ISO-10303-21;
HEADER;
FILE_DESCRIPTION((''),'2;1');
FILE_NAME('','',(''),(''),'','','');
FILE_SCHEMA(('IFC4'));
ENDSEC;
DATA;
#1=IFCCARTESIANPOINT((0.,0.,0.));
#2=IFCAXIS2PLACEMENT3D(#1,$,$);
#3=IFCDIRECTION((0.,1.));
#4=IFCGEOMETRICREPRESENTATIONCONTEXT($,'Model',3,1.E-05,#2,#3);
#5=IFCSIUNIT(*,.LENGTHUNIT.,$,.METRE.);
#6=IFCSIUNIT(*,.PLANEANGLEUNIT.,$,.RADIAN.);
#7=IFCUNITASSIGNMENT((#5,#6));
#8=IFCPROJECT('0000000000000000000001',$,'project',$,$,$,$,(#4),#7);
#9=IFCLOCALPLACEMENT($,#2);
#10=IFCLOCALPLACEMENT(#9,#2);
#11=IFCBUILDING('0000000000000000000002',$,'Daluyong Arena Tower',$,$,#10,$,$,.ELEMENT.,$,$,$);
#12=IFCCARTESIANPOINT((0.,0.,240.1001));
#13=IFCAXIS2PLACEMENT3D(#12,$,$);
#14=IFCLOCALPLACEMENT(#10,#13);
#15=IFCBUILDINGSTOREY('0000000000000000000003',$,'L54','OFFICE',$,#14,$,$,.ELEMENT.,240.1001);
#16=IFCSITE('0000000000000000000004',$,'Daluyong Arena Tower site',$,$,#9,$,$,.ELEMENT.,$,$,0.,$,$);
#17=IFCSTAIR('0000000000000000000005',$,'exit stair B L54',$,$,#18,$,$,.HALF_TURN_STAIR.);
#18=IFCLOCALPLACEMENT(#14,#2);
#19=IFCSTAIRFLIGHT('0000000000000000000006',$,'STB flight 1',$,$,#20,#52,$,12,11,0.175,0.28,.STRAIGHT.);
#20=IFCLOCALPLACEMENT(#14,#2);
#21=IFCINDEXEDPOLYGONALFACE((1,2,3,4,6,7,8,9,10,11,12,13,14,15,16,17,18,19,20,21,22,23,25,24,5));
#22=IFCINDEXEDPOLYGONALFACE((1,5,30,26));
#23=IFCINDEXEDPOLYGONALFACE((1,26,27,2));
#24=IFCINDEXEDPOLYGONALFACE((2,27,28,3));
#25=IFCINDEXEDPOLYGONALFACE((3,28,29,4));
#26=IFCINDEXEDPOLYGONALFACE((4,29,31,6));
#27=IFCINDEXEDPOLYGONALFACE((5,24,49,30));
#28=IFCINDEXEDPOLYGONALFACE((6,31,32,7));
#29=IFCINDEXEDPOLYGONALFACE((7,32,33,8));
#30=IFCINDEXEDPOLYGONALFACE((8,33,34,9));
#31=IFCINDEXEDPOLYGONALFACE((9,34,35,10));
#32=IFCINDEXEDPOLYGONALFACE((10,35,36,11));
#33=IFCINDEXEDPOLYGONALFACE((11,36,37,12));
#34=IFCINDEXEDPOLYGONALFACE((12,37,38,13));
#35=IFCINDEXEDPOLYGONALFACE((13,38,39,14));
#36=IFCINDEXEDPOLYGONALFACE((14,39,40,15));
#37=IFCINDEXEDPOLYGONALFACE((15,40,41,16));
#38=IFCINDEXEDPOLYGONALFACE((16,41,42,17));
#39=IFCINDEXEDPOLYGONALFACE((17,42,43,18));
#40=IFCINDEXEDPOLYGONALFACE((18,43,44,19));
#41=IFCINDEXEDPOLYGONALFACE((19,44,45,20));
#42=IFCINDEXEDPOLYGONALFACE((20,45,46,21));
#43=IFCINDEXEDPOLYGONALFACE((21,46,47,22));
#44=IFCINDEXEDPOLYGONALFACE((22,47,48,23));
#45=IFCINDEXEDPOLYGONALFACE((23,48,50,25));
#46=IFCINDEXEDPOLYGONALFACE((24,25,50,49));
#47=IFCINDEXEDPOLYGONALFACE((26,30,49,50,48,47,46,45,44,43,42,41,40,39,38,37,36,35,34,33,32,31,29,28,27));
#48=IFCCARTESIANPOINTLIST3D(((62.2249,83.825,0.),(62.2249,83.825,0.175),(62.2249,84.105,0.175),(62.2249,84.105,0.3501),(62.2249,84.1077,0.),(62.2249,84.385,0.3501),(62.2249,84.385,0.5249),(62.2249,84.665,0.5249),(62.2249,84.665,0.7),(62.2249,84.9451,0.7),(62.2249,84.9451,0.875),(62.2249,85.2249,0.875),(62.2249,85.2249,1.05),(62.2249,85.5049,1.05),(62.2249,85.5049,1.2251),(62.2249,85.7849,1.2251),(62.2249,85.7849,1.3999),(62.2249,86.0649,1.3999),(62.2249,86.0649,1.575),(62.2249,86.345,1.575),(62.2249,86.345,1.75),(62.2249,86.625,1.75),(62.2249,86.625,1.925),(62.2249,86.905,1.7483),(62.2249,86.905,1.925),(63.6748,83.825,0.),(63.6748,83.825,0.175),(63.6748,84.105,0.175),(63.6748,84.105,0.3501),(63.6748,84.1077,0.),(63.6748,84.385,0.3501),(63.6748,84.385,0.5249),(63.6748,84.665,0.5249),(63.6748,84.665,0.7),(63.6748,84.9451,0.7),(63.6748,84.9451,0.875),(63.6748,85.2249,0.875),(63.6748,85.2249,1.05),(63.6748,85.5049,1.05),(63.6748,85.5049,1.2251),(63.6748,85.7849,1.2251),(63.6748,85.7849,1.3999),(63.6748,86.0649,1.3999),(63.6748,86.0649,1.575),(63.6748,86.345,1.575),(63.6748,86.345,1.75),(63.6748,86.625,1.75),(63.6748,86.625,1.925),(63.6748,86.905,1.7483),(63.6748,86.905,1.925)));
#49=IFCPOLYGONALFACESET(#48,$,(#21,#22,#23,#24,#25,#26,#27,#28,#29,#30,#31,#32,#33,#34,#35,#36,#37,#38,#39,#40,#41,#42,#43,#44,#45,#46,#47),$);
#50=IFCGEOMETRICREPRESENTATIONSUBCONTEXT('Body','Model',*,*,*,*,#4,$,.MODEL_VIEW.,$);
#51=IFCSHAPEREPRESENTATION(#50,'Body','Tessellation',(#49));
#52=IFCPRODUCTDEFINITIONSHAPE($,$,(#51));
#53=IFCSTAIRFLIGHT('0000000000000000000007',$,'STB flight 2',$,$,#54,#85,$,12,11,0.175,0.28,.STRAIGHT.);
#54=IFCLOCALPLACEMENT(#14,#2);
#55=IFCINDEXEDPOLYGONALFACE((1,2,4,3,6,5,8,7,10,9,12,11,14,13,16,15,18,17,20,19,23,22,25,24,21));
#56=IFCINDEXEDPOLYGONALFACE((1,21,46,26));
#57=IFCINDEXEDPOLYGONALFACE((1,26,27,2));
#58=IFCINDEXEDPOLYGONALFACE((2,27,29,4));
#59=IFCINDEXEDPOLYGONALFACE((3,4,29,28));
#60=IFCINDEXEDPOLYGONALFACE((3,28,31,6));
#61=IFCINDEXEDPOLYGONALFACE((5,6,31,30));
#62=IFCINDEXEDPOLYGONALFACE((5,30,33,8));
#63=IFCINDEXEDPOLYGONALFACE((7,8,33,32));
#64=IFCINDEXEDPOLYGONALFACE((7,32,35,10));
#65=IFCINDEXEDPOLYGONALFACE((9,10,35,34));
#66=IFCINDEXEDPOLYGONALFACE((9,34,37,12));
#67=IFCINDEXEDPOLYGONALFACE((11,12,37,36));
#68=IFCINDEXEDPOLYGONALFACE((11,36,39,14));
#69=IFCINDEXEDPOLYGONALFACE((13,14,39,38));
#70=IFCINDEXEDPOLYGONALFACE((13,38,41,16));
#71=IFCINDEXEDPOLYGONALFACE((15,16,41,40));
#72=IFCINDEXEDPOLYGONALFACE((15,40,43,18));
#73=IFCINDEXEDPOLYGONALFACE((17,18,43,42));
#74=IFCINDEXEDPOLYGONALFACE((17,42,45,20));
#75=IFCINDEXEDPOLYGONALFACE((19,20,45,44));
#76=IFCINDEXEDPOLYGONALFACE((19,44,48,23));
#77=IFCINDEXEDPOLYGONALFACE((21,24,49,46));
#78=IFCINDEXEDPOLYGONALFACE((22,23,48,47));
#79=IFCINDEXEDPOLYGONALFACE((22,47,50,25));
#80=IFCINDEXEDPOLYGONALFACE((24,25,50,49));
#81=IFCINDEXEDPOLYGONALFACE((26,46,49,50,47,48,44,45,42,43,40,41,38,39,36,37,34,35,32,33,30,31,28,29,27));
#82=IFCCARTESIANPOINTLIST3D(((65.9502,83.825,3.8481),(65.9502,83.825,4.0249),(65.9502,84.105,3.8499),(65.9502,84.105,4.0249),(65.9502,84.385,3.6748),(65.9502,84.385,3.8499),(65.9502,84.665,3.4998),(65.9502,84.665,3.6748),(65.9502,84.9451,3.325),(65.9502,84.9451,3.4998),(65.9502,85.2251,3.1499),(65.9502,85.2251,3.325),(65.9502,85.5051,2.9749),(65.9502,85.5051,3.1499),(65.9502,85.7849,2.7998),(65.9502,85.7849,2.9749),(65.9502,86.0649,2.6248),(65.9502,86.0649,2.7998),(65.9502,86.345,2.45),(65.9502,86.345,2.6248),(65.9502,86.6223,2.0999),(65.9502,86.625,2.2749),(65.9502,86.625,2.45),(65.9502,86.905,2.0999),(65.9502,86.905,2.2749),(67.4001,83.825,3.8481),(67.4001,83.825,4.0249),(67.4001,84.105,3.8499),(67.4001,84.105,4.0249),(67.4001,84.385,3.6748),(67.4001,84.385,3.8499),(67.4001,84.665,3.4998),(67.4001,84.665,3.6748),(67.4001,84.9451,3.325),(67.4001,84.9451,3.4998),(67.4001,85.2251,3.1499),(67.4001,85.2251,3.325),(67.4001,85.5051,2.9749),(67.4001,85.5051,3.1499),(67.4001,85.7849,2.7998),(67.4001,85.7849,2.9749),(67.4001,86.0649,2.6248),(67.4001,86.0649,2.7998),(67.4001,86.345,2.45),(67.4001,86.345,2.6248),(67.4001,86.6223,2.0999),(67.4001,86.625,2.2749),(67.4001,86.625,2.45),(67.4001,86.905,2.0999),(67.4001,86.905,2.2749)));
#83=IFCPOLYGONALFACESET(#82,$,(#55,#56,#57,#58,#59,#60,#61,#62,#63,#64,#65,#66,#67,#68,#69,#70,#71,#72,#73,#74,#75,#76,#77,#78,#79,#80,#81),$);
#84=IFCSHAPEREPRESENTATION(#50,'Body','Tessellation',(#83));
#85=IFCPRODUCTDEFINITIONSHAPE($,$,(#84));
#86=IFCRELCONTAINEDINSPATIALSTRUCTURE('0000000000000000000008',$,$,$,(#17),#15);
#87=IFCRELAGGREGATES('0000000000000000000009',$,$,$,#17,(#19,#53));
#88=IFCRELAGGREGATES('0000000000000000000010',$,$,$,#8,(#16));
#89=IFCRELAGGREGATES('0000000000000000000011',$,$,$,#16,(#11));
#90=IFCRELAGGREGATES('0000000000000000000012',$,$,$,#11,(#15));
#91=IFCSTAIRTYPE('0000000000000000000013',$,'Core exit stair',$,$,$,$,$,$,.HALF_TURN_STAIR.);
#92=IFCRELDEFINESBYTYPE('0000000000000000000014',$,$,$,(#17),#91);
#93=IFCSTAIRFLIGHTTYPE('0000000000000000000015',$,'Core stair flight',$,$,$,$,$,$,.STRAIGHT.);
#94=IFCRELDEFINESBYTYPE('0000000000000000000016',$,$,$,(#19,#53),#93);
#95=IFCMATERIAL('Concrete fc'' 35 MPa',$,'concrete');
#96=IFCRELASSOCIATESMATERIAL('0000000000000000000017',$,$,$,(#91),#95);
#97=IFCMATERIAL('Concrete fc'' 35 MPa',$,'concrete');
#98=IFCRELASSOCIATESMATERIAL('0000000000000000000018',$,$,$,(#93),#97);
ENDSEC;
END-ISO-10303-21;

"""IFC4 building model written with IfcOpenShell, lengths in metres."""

from ifc_helpers import new_model, si_unit, direction, frame, origin, place, context, subcontext, project, spatial, polyline, outline, extrude, material, type_object, element, aggregate, save


model = new_model("IFC4")

# Units and contexts
model_context = context("Model", 3, precision=1e-05, world=origin(), true_north=direction((0.0, 1.0)))
body_context = subcontext(model_context, "Body", "Model", "MODEL_VIEW")
ifc_project = project(units=[si_unit("LENGTHUNIT", "METRE"), si_unit("PLANEANGLEUNIT", "RADIAN")], contexts=[model_context])

# Site, building, storey
site_placement = place(None, origin())
site = spatial("IfcSite", under=ifc_project, at=site_placement, Name="Daluyong Arena Tower site", CompositionType="ELEMENT", RefElevation=0.0)
building_placement = place(site_placement, origin())
building = spatial("IfcBuilding", under=site, at=building_placement, Name="Daluyong Arena Tower", CompositionType="ELEMENT")
storey_placement = place(building_placement, frame((0.0, 0.0, 240.1001)))
storey = spatial("IfcBuildingStorey", under=building, at=storey_placement, Name="L54", Description="OFFICE", CompositionType="ELEMENT", Elevation=240.1001)

# Stair, stair flights
ifc_material_1 = material(Name="Concrete fc' 35 MPa", Category="concrete")
stair_type = type_object("IfcStairType", Name="Core exit stair", PredefinedType="HALF_TURN_STAIR", material=ifc_material_1)
stair_placement = place(storey_placement, origin())
stair = element("IfcStair", 1, at=stair_placement, inside=storey, type_object=stair_type, Name="exit stair B L54", PredefinedType="HALF_TURN_STAIR")
ifc_material_2 = material(Name="Concrete fc' 35 MPa", Category="concrete")
stair_flight_type = type_object("IfcStairFlightType", Name="Core stair flight", PredefinedType="STRAIGHT", material=ifc_material_2)
stair_flight_1_placement = place(storey_placement, frame((62.95, 83.825, 0.0), z_axis=(0.0, 0.0, 1.0), x_axis=(0.0, 1.0, 0.0)))
stair_flight_1 = element("IfcStairFlight", 2, at=stair_flight_1_placement, type_object=stair_flight_type, Name="STB flight 1", NumberOfRisers=12, NumberOfTreads=11, PredefinedType="STRAIGHT", RiserHeight=0.175, TreadLength=0.28, context=body_context, shape_type="SweptSolid", body=[
    extrude(outline(polyline([(0.0, 0.0), (0.0, 0.175), (0.28, 0.175), (0.28, 0.3501), (0.5601, 0.3501), (0.5601, 0.5249), (0.8401, 0.5249), (0.8401, 0.7), (1.1201, 0.7), (1.1201, 0.875), (1.3999, 0.875), (1.3999, 1.05), (1.6799, 1.05), (1.6799, 1.2251), (1.96, 1.2251), (1.96, 1.3999), (2.24, 1.3999), (2.24, 1.575), (2.52, 1.575), (2.52, 1.75), (2.8, 1.75), (2.8, 1.925), (3.0801, 1.925), (3.0801, 2.1001), (3.0801, 1.7483), (0.2827, 0.0), (0.0, 0.0)])), frame((0.0, 0.7251, 0.0), z_axis=(0.0, -1.0, 0.0), x_axis=(1.0, 0.0, 0.0)), (0.0, 0.0, 1.0), 1.45),
])
stair_flight_2_placement = place(storey_placement, frame((66.675, 86.905, 2.0999), z_axis=(0.0, 0.0, 1.0), x_axis=(0.0, -1.0, 0.0)))
stair_flight_2 = element("IfcStairFlight", 3, at=stair_flight_2_placement, type_object=stair_flight_type, Name="STB flight 2", NumberOfRisers=12, NumberOfTreads=11, PredefinedType="STRAIGHT", RiserHeight=0.175, TreadLength=0.28, context=body_context, shape_type="SweptSolid", body=[
    extrude(outline(polyline([(0.0, 0.0), (0.0, 0.175), (0.28, 0.175), (0.28, 0.3501), (0.5601, 0.3501), (0.5601, 0.5249), (0.8401, 0.5249), (0.8401, 0.7), (1.1201, 0.7), (1.1201, 0.875), (1.3999, 0.875), (1.3999, 1.05), (1.6799, 1.05), (1.6799, 1.2251), (1.96, 1.2251), (1.96, 1.3999), (2.24, 1.3999), (2.24, 1.575), (2.52, 1.575), (2.52, 1.75), (2.8, 1.75), (2.8, 1.925), (3.0801, 1.925), (3.0801, 2.1001), (3.0801, 1.7483), (0.2827, 0.0), (0.0, 0.0)])), frame((0.0, 0.7251, 0.0), z_axis=(0.0, -1.0, 0.0), x_axis=(1.0, 0.0, 0.0)), (0.0, 0.0, 1.0), 1.45),
])
aggregate(stair, [stair_flight_1, stair_flight_2])

save(model, "model.ifc")
